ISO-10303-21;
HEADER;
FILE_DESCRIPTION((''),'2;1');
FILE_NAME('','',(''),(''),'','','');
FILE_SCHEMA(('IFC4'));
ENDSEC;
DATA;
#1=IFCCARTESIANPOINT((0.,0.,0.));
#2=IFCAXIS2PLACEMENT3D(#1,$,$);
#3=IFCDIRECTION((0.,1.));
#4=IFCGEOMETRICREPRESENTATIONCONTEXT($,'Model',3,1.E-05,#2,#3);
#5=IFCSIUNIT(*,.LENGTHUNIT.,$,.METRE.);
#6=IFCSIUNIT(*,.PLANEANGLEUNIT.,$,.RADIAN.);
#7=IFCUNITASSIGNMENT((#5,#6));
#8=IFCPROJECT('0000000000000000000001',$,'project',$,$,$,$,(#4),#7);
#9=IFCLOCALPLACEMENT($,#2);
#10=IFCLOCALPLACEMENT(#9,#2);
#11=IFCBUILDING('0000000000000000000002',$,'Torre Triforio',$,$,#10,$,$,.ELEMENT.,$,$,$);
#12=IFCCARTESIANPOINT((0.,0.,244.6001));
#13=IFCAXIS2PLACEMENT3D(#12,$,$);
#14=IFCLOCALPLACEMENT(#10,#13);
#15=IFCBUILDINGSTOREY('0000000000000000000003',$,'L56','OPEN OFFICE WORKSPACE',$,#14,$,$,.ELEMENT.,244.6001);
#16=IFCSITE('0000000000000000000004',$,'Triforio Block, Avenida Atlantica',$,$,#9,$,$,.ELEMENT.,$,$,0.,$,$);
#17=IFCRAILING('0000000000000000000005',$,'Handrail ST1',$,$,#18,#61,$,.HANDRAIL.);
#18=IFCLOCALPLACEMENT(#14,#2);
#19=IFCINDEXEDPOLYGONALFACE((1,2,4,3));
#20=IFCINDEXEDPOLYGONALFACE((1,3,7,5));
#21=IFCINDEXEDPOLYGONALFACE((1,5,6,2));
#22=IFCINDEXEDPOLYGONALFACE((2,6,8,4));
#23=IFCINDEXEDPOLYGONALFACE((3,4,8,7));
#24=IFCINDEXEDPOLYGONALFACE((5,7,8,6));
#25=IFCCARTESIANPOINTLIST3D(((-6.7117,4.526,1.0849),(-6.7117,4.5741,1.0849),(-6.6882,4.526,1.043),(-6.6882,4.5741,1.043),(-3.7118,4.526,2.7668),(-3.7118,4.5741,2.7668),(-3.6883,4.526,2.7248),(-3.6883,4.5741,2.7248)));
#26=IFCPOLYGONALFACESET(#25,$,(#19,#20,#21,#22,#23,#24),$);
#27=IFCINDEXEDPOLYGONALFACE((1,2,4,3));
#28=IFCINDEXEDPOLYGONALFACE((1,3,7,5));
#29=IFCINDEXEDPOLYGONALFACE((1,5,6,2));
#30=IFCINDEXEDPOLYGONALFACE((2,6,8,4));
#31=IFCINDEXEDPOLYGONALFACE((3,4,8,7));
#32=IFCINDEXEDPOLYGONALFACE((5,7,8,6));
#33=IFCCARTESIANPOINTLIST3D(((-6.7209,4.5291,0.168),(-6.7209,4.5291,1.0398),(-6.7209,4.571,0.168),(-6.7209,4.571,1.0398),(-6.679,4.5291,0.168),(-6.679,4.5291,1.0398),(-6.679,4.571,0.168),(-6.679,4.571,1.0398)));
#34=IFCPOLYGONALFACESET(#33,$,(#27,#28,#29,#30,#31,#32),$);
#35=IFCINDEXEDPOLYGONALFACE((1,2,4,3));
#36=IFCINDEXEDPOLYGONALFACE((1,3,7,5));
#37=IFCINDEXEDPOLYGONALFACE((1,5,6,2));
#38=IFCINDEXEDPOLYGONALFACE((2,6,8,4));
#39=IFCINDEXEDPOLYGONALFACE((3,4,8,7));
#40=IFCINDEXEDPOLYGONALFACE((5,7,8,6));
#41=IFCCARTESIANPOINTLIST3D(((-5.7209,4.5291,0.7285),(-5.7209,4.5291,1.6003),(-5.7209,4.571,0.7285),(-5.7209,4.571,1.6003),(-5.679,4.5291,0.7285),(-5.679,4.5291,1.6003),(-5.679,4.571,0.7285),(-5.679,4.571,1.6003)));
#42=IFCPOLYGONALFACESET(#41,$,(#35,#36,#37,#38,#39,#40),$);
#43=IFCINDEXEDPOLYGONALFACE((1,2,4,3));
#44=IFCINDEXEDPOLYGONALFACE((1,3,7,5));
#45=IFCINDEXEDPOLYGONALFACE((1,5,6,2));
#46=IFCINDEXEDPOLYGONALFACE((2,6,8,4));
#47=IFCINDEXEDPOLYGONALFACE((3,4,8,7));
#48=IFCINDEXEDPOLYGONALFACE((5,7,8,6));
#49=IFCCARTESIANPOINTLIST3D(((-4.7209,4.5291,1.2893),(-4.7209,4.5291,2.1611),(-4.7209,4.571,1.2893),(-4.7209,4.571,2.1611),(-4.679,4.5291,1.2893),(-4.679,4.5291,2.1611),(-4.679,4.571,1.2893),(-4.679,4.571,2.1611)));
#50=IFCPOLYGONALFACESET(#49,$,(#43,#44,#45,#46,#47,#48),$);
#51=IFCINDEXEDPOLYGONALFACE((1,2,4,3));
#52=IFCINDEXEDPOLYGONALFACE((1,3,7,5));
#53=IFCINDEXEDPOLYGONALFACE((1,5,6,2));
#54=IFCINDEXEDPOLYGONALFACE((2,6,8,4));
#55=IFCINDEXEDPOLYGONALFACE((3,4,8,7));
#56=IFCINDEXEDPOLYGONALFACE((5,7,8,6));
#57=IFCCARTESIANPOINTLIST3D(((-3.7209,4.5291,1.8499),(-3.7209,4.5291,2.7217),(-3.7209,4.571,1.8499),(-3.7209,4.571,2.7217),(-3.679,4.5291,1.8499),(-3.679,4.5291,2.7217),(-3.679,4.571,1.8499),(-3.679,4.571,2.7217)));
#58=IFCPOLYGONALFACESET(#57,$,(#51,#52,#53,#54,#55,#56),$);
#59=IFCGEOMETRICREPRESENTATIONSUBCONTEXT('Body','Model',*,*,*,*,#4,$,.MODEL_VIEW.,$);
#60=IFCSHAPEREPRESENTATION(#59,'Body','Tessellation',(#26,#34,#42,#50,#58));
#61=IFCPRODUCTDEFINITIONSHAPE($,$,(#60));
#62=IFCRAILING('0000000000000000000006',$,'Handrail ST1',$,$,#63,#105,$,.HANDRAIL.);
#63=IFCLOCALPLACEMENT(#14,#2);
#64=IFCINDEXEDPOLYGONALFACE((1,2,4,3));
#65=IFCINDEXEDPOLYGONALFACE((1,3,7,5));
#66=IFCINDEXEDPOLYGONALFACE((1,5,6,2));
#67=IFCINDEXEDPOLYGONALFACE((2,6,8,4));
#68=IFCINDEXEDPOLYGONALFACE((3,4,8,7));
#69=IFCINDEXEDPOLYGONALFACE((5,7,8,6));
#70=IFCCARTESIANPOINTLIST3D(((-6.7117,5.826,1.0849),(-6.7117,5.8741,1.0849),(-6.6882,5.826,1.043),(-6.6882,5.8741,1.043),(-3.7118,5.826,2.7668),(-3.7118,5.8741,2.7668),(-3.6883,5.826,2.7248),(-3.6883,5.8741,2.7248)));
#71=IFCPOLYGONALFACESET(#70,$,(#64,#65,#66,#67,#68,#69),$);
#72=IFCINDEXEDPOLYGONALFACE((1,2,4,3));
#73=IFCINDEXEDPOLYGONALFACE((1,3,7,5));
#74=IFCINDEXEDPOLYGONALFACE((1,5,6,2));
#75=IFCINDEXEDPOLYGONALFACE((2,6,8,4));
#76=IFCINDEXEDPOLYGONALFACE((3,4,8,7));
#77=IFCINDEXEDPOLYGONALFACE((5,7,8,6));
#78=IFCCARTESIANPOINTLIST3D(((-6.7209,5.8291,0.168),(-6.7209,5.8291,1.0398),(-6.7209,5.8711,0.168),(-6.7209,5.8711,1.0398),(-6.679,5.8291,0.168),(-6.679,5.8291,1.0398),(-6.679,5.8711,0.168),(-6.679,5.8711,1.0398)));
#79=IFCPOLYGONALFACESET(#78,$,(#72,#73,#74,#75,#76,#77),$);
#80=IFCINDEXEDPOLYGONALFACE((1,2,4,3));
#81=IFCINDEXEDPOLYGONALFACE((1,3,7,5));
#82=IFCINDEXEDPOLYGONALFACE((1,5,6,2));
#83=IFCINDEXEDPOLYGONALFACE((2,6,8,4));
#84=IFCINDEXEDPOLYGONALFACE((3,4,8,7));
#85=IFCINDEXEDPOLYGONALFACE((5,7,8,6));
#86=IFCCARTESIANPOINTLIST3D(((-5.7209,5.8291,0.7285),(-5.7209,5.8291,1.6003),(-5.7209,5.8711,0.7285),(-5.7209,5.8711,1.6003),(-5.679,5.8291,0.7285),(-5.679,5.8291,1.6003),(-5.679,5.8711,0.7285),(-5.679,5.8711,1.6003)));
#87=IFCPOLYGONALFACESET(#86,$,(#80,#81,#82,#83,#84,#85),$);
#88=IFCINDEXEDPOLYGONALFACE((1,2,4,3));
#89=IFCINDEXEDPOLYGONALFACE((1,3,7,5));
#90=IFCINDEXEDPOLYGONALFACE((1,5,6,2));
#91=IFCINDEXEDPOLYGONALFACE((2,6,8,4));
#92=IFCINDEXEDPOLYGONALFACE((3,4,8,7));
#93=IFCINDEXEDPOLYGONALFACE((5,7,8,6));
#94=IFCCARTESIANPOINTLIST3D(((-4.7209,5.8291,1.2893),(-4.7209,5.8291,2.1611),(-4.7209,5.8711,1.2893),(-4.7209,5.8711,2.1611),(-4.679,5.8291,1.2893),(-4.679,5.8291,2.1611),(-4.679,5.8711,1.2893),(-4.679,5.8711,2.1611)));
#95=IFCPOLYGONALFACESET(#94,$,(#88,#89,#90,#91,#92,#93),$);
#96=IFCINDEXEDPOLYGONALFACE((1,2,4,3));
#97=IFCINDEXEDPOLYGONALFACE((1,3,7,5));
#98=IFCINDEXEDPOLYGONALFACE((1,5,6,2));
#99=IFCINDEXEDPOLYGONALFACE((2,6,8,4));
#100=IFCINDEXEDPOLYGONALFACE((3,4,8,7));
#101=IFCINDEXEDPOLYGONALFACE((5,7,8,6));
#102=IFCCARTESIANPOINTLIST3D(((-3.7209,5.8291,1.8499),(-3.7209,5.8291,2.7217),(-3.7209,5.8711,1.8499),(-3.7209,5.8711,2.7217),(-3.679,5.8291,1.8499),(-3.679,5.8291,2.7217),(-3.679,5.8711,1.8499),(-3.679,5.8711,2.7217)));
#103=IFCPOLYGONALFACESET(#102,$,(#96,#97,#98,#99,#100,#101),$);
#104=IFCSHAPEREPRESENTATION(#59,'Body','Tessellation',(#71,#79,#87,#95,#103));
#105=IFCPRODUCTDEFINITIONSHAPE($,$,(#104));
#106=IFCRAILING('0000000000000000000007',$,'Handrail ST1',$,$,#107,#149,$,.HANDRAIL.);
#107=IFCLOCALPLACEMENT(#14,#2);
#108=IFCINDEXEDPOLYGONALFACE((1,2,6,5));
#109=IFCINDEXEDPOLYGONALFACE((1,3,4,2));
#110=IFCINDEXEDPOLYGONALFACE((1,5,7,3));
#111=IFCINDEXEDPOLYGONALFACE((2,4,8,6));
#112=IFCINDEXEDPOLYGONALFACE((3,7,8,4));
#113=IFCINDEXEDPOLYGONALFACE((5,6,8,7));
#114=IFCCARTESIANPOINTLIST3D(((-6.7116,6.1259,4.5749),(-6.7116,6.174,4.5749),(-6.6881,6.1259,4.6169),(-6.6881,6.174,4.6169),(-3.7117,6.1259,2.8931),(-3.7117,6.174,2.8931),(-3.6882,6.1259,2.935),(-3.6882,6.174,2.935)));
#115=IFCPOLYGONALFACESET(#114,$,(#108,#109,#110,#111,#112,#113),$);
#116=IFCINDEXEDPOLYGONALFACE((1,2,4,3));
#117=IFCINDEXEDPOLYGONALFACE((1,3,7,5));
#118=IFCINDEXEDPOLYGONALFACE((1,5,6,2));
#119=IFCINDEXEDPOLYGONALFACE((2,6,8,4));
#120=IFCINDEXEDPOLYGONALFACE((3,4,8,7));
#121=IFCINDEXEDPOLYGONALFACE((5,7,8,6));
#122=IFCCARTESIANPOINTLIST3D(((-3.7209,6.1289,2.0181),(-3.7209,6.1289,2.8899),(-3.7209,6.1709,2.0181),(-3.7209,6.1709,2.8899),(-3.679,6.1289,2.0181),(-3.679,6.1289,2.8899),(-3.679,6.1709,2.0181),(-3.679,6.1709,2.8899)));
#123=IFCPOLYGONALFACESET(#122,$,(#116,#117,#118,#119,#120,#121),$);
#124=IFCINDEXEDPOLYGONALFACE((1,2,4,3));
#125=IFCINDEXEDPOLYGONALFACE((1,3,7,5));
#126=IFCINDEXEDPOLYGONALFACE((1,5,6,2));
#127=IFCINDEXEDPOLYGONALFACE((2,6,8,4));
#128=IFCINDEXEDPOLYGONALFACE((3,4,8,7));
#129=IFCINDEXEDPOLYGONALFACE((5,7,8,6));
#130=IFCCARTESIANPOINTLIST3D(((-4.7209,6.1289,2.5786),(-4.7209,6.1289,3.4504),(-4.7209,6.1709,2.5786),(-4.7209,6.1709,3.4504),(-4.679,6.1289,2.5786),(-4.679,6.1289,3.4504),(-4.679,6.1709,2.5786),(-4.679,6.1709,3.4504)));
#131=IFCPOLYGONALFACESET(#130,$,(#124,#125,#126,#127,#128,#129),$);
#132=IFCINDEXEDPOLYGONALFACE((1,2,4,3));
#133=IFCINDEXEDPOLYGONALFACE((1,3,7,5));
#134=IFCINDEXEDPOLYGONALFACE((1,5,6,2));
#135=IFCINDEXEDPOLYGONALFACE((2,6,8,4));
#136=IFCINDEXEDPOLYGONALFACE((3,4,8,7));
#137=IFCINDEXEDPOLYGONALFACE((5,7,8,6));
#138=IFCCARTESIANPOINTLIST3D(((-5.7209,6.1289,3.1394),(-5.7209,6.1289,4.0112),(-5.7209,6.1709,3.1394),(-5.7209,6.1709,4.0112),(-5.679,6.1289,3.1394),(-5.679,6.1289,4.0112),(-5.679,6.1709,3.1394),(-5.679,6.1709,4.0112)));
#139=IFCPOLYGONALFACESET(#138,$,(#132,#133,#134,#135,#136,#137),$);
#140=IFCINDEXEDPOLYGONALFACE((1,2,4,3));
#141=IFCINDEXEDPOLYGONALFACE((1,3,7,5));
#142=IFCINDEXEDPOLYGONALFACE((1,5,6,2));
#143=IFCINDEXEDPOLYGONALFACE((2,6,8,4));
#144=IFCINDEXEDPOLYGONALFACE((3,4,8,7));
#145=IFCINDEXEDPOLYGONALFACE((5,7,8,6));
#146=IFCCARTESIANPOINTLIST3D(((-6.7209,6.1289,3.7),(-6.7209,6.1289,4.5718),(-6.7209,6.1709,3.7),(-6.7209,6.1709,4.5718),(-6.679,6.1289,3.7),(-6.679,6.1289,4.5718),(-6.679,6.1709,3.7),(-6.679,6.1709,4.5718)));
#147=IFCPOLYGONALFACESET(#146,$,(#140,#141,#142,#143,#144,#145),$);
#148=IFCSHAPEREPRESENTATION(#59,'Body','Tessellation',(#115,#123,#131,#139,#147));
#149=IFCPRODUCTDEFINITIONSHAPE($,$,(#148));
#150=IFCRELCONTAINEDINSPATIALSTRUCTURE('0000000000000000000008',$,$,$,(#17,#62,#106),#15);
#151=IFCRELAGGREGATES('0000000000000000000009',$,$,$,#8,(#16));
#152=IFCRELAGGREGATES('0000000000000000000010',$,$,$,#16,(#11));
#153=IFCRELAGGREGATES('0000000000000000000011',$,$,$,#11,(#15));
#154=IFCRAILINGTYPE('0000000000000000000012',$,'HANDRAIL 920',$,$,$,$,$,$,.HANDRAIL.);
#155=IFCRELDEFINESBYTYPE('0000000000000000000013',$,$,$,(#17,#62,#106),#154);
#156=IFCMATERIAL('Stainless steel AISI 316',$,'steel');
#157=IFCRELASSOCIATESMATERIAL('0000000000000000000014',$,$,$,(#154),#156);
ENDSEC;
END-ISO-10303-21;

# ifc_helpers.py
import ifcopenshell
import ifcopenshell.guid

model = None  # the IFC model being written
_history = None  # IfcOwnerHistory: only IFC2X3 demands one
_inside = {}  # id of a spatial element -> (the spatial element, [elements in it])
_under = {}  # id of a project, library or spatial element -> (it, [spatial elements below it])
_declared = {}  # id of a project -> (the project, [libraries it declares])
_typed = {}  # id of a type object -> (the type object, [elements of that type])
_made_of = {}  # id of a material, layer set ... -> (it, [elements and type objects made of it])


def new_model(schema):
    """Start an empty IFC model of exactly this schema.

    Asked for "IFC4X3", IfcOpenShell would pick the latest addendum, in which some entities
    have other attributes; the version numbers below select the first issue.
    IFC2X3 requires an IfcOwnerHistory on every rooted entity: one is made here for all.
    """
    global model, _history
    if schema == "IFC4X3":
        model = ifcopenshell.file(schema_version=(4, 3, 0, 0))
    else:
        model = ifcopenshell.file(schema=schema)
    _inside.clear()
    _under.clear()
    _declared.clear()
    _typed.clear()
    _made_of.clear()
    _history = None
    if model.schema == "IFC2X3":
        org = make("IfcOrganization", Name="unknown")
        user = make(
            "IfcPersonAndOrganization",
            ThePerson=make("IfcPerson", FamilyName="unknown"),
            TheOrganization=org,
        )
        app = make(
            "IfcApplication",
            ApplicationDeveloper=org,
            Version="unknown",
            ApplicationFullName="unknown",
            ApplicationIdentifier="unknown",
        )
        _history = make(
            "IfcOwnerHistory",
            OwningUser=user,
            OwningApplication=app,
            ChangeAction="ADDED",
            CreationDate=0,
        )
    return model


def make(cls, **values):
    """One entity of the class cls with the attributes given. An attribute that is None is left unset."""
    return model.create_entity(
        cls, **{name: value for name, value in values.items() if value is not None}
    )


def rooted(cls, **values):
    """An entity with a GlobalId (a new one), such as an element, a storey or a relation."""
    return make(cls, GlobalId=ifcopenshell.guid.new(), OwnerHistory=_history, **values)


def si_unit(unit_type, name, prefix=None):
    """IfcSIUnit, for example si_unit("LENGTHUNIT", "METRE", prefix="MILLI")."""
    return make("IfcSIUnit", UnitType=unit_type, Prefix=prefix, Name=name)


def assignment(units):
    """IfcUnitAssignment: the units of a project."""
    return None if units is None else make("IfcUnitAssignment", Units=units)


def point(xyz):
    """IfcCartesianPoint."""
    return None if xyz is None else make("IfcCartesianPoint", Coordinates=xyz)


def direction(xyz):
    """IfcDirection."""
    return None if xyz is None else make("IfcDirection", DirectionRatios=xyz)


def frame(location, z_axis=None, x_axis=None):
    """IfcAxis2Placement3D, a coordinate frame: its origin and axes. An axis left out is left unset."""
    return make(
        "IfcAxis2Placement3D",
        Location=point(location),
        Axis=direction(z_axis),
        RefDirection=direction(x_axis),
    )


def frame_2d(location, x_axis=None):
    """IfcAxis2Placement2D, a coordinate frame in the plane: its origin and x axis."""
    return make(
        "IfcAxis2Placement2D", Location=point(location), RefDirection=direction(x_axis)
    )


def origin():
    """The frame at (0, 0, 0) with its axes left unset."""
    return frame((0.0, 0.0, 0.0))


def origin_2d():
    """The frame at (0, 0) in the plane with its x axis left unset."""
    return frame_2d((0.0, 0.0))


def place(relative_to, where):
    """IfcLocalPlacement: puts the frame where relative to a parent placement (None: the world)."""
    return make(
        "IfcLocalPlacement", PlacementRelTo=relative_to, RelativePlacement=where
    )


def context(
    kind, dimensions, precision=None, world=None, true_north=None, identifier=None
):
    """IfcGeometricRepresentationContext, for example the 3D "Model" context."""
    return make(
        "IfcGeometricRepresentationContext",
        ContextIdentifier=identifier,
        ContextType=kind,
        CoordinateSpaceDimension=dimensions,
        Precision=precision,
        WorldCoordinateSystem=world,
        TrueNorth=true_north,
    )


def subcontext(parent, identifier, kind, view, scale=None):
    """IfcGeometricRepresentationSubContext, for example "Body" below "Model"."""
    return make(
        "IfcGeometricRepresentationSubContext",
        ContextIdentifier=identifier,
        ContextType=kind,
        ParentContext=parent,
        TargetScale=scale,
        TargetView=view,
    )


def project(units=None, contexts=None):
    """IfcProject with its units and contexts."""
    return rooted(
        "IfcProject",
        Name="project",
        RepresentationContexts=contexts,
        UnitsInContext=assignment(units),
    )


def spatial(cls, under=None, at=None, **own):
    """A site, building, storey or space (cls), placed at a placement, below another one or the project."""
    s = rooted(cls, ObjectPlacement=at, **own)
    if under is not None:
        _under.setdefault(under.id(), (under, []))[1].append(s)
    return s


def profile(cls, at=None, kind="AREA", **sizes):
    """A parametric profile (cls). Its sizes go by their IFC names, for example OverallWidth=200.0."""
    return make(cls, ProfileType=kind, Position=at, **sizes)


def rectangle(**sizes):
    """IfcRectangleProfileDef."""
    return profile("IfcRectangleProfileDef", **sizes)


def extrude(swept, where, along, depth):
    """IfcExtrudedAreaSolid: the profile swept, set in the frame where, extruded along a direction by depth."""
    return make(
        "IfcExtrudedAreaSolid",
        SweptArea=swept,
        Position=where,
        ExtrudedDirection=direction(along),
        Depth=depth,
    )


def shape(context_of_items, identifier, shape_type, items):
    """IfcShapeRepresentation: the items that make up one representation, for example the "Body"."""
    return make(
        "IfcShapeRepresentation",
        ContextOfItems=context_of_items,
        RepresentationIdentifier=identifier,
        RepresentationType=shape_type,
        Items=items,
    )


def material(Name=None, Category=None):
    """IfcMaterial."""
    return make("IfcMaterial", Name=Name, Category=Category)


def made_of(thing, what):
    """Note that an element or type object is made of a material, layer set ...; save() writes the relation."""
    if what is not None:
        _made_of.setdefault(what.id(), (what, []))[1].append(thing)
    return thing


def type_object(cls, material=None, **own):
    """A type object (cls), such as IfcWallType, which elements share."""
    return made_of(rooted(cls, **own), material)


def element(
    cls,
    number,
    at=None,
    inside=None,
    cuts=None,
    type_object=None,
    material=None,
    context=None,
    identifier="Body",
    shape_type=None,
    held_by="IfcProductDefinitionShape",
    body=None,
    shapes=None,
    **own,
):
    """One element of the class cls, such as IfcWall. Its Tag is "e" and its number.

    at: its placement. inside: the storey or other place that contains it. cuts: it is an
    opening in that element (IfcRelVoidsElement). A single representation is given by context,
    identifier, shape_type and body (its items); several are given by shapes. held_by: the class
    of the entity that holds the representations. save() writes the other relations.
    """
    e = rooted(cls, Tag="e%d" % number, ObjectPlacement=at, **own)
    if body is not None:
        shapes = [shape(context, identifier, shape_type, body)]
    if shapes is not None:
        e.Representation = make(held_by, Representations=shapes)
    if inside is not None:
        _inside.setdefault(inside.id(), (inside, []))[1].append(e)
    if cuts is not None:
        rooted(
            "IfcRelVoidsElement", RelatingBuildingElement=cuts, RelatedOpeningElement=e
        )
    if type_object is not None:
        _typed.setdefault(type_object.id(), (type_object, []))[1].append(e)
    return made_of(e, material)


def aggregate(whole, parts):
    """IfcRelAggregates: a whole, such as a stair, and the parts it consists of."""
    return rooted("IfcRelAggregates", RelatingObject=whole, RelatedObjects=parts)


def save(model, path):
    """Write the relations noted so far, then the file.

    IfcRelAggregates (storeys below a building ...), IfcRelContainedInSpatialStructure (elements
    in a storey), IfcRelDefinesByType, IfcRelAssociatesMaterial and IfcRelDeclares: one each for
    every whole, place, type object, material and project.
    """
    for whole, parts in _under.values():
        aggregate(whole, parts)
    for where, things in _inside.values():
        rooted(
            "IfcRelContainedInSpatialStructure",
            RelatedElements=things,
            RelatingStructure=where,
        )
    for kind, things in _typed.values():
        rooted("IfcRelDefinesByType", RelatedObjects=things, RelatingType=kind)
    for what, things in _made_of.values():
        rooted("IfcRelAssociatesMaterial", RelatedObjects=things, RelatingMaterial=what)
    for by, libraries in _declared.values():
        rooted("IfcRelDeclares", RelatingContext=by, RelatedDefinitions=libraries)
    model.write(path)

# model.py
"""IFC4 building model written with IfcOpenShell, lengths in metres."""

from ifc_helpers import new_model, si_unit, direction, frame, origin, origin_2d, place, context, subcontext, project, spatial, rectangle, extrude, material, type_object, element, save


model = new_model("IFC4")

# Units and contexts
model_context = context("Model", 3, precision=1e-05, world=origin(), true_north=direction((0.0, 1.0)))
body_context = subcontext(model_context, "Body", "Model", "MODEL_VIEW")
ifc_project = project(units=[si_unit("LENGTHUNIT", "METRE"), si_unit("PLANEANGLEUNIT", "RADIAN")], contexts=[model_context])

# Site, building, storey
site_placement = place(None, origin())
site = spatial("IfcSite", under=ifc_project, at=site_placement, Name="Triforio Block, Avenida Atlantica", CompositionType="ELEMENT", RefElevation=0.0)
building_placement = place(site_placement, origin())
building = spatial("IfcBuilding", under=site, at=building_placement, Name="Torre Triforio", CompositionType="ELEMENT")
storey_placement = place(building_placement, frame((0.0, 0.0, 244.6001)))
storey = spatial("IfcBuildingStorey", under=building, at=storey_placement, Name="L56", Description="OPEN OFFICE WORKSPACE", CompositionType="ELEMENT", Elevation=244.6001)

# Railings
ifc_material_1 = material(Name="Stainless steel AISI 316", Category="steel")
railing_type = type_object("IfcRailingType", Name="HANDRAIL 920", PredefinedType="HANDRAIL", material=ifc_material_1)
for number, where, name in (
    (1, (-6.7, 4.55, 0.168), "Handrail ST1"),
    (2, (-6.7, 5.8501, 0.168), "Handrail ST1"),
):
    element("IfcRailing", number, at=place(storey_placement, frame(where)), inside=storey, type_object=railing_type, Name=name, PredefinedType="HANDRAIL", context=body_context, shape_type="SweptSolid", body=[
        extrude(rectangle(XDim=0.0481, YDim=0.0481, at=origin_2d()), frame((0.0, 0.0, 0.896), z_axis=(0.872272, 0.0, 0.48902), x_axis=(0.0, 1.0, 0.0)), (0.0, 0.0, 1.0), 3.4392),
        extrude(rectangle(XDim=0.042, YDim=0.042, at=origin_2d()), origin(), (0.0, 0.0, 1.0), 0.8718),
        extrude(rectangle(XDim=0.042, YDim=0.042, at=origin_2d()), frame((1.0, 0.0, 0.5605)), (0.0, 0.0, 1.0), 0.8718),
        extrude(rectangle(XDim=0.042, YDim=0.042, at=origin_2d()), frame((2.0, 0.0, 1.1213)), (0.0, 0.0, 1.0), 0.8718),
        extrude(rectangle(XDim=0.042, YDim=0.042, at=origin_2d()), frame((3.0, 0.0, 1.6819)), (0.0, 0.0, 1.0), 0.8718),
    ])
railing_placement = place(storey_placement, frame((-3.7, 6.1499, 2.0181)))
element("IfcRailing", 3, at=railing_placement, inside=storey, type_object=railing_type, Name="Handrail ST1", PredefinedType="HANDRAIL", context=body_context, shape_type="SweptSolid", body=[
    extrude(rectangle(XDim=0.0481, YDim=0.0481, at=origin_2d()), frame((0.0, 0.0, 0.896), z_axis=(-0.872272, 0.0, 0.48902), x_axis=(0.0, -1.0, 0.0)), (0.0, 0.0, 1.0), 3.4392),
    extrude(rectangle(XDim=0.042, YDim=0.042, at=origin_2d()), origin(), (0.0, 0.0, 1.0), 0.8718),
    extrude(rectangle(XDim=0.042, YDim=0.042, at=origin_2d()), frame((-1.0, 0.0, 0.5605)), (0.0, 0.0, 1.0), 0.8718),
    extrude(rectangle(XDim=0.042, YDim=0.042, at=origin_2d()), frame((-2.0, 0.0, 1.1213)), (0.0, 0.0, 1.0), 0.8718),
    extrude(rectangle(XDim=0.042, YDim=0.042, at=origin_2d()), frame((-3.0, 0.0, 1.6819)), (0.0, 0.0, 1.0), 0.8718),
])

save(model, "model.ifc")
